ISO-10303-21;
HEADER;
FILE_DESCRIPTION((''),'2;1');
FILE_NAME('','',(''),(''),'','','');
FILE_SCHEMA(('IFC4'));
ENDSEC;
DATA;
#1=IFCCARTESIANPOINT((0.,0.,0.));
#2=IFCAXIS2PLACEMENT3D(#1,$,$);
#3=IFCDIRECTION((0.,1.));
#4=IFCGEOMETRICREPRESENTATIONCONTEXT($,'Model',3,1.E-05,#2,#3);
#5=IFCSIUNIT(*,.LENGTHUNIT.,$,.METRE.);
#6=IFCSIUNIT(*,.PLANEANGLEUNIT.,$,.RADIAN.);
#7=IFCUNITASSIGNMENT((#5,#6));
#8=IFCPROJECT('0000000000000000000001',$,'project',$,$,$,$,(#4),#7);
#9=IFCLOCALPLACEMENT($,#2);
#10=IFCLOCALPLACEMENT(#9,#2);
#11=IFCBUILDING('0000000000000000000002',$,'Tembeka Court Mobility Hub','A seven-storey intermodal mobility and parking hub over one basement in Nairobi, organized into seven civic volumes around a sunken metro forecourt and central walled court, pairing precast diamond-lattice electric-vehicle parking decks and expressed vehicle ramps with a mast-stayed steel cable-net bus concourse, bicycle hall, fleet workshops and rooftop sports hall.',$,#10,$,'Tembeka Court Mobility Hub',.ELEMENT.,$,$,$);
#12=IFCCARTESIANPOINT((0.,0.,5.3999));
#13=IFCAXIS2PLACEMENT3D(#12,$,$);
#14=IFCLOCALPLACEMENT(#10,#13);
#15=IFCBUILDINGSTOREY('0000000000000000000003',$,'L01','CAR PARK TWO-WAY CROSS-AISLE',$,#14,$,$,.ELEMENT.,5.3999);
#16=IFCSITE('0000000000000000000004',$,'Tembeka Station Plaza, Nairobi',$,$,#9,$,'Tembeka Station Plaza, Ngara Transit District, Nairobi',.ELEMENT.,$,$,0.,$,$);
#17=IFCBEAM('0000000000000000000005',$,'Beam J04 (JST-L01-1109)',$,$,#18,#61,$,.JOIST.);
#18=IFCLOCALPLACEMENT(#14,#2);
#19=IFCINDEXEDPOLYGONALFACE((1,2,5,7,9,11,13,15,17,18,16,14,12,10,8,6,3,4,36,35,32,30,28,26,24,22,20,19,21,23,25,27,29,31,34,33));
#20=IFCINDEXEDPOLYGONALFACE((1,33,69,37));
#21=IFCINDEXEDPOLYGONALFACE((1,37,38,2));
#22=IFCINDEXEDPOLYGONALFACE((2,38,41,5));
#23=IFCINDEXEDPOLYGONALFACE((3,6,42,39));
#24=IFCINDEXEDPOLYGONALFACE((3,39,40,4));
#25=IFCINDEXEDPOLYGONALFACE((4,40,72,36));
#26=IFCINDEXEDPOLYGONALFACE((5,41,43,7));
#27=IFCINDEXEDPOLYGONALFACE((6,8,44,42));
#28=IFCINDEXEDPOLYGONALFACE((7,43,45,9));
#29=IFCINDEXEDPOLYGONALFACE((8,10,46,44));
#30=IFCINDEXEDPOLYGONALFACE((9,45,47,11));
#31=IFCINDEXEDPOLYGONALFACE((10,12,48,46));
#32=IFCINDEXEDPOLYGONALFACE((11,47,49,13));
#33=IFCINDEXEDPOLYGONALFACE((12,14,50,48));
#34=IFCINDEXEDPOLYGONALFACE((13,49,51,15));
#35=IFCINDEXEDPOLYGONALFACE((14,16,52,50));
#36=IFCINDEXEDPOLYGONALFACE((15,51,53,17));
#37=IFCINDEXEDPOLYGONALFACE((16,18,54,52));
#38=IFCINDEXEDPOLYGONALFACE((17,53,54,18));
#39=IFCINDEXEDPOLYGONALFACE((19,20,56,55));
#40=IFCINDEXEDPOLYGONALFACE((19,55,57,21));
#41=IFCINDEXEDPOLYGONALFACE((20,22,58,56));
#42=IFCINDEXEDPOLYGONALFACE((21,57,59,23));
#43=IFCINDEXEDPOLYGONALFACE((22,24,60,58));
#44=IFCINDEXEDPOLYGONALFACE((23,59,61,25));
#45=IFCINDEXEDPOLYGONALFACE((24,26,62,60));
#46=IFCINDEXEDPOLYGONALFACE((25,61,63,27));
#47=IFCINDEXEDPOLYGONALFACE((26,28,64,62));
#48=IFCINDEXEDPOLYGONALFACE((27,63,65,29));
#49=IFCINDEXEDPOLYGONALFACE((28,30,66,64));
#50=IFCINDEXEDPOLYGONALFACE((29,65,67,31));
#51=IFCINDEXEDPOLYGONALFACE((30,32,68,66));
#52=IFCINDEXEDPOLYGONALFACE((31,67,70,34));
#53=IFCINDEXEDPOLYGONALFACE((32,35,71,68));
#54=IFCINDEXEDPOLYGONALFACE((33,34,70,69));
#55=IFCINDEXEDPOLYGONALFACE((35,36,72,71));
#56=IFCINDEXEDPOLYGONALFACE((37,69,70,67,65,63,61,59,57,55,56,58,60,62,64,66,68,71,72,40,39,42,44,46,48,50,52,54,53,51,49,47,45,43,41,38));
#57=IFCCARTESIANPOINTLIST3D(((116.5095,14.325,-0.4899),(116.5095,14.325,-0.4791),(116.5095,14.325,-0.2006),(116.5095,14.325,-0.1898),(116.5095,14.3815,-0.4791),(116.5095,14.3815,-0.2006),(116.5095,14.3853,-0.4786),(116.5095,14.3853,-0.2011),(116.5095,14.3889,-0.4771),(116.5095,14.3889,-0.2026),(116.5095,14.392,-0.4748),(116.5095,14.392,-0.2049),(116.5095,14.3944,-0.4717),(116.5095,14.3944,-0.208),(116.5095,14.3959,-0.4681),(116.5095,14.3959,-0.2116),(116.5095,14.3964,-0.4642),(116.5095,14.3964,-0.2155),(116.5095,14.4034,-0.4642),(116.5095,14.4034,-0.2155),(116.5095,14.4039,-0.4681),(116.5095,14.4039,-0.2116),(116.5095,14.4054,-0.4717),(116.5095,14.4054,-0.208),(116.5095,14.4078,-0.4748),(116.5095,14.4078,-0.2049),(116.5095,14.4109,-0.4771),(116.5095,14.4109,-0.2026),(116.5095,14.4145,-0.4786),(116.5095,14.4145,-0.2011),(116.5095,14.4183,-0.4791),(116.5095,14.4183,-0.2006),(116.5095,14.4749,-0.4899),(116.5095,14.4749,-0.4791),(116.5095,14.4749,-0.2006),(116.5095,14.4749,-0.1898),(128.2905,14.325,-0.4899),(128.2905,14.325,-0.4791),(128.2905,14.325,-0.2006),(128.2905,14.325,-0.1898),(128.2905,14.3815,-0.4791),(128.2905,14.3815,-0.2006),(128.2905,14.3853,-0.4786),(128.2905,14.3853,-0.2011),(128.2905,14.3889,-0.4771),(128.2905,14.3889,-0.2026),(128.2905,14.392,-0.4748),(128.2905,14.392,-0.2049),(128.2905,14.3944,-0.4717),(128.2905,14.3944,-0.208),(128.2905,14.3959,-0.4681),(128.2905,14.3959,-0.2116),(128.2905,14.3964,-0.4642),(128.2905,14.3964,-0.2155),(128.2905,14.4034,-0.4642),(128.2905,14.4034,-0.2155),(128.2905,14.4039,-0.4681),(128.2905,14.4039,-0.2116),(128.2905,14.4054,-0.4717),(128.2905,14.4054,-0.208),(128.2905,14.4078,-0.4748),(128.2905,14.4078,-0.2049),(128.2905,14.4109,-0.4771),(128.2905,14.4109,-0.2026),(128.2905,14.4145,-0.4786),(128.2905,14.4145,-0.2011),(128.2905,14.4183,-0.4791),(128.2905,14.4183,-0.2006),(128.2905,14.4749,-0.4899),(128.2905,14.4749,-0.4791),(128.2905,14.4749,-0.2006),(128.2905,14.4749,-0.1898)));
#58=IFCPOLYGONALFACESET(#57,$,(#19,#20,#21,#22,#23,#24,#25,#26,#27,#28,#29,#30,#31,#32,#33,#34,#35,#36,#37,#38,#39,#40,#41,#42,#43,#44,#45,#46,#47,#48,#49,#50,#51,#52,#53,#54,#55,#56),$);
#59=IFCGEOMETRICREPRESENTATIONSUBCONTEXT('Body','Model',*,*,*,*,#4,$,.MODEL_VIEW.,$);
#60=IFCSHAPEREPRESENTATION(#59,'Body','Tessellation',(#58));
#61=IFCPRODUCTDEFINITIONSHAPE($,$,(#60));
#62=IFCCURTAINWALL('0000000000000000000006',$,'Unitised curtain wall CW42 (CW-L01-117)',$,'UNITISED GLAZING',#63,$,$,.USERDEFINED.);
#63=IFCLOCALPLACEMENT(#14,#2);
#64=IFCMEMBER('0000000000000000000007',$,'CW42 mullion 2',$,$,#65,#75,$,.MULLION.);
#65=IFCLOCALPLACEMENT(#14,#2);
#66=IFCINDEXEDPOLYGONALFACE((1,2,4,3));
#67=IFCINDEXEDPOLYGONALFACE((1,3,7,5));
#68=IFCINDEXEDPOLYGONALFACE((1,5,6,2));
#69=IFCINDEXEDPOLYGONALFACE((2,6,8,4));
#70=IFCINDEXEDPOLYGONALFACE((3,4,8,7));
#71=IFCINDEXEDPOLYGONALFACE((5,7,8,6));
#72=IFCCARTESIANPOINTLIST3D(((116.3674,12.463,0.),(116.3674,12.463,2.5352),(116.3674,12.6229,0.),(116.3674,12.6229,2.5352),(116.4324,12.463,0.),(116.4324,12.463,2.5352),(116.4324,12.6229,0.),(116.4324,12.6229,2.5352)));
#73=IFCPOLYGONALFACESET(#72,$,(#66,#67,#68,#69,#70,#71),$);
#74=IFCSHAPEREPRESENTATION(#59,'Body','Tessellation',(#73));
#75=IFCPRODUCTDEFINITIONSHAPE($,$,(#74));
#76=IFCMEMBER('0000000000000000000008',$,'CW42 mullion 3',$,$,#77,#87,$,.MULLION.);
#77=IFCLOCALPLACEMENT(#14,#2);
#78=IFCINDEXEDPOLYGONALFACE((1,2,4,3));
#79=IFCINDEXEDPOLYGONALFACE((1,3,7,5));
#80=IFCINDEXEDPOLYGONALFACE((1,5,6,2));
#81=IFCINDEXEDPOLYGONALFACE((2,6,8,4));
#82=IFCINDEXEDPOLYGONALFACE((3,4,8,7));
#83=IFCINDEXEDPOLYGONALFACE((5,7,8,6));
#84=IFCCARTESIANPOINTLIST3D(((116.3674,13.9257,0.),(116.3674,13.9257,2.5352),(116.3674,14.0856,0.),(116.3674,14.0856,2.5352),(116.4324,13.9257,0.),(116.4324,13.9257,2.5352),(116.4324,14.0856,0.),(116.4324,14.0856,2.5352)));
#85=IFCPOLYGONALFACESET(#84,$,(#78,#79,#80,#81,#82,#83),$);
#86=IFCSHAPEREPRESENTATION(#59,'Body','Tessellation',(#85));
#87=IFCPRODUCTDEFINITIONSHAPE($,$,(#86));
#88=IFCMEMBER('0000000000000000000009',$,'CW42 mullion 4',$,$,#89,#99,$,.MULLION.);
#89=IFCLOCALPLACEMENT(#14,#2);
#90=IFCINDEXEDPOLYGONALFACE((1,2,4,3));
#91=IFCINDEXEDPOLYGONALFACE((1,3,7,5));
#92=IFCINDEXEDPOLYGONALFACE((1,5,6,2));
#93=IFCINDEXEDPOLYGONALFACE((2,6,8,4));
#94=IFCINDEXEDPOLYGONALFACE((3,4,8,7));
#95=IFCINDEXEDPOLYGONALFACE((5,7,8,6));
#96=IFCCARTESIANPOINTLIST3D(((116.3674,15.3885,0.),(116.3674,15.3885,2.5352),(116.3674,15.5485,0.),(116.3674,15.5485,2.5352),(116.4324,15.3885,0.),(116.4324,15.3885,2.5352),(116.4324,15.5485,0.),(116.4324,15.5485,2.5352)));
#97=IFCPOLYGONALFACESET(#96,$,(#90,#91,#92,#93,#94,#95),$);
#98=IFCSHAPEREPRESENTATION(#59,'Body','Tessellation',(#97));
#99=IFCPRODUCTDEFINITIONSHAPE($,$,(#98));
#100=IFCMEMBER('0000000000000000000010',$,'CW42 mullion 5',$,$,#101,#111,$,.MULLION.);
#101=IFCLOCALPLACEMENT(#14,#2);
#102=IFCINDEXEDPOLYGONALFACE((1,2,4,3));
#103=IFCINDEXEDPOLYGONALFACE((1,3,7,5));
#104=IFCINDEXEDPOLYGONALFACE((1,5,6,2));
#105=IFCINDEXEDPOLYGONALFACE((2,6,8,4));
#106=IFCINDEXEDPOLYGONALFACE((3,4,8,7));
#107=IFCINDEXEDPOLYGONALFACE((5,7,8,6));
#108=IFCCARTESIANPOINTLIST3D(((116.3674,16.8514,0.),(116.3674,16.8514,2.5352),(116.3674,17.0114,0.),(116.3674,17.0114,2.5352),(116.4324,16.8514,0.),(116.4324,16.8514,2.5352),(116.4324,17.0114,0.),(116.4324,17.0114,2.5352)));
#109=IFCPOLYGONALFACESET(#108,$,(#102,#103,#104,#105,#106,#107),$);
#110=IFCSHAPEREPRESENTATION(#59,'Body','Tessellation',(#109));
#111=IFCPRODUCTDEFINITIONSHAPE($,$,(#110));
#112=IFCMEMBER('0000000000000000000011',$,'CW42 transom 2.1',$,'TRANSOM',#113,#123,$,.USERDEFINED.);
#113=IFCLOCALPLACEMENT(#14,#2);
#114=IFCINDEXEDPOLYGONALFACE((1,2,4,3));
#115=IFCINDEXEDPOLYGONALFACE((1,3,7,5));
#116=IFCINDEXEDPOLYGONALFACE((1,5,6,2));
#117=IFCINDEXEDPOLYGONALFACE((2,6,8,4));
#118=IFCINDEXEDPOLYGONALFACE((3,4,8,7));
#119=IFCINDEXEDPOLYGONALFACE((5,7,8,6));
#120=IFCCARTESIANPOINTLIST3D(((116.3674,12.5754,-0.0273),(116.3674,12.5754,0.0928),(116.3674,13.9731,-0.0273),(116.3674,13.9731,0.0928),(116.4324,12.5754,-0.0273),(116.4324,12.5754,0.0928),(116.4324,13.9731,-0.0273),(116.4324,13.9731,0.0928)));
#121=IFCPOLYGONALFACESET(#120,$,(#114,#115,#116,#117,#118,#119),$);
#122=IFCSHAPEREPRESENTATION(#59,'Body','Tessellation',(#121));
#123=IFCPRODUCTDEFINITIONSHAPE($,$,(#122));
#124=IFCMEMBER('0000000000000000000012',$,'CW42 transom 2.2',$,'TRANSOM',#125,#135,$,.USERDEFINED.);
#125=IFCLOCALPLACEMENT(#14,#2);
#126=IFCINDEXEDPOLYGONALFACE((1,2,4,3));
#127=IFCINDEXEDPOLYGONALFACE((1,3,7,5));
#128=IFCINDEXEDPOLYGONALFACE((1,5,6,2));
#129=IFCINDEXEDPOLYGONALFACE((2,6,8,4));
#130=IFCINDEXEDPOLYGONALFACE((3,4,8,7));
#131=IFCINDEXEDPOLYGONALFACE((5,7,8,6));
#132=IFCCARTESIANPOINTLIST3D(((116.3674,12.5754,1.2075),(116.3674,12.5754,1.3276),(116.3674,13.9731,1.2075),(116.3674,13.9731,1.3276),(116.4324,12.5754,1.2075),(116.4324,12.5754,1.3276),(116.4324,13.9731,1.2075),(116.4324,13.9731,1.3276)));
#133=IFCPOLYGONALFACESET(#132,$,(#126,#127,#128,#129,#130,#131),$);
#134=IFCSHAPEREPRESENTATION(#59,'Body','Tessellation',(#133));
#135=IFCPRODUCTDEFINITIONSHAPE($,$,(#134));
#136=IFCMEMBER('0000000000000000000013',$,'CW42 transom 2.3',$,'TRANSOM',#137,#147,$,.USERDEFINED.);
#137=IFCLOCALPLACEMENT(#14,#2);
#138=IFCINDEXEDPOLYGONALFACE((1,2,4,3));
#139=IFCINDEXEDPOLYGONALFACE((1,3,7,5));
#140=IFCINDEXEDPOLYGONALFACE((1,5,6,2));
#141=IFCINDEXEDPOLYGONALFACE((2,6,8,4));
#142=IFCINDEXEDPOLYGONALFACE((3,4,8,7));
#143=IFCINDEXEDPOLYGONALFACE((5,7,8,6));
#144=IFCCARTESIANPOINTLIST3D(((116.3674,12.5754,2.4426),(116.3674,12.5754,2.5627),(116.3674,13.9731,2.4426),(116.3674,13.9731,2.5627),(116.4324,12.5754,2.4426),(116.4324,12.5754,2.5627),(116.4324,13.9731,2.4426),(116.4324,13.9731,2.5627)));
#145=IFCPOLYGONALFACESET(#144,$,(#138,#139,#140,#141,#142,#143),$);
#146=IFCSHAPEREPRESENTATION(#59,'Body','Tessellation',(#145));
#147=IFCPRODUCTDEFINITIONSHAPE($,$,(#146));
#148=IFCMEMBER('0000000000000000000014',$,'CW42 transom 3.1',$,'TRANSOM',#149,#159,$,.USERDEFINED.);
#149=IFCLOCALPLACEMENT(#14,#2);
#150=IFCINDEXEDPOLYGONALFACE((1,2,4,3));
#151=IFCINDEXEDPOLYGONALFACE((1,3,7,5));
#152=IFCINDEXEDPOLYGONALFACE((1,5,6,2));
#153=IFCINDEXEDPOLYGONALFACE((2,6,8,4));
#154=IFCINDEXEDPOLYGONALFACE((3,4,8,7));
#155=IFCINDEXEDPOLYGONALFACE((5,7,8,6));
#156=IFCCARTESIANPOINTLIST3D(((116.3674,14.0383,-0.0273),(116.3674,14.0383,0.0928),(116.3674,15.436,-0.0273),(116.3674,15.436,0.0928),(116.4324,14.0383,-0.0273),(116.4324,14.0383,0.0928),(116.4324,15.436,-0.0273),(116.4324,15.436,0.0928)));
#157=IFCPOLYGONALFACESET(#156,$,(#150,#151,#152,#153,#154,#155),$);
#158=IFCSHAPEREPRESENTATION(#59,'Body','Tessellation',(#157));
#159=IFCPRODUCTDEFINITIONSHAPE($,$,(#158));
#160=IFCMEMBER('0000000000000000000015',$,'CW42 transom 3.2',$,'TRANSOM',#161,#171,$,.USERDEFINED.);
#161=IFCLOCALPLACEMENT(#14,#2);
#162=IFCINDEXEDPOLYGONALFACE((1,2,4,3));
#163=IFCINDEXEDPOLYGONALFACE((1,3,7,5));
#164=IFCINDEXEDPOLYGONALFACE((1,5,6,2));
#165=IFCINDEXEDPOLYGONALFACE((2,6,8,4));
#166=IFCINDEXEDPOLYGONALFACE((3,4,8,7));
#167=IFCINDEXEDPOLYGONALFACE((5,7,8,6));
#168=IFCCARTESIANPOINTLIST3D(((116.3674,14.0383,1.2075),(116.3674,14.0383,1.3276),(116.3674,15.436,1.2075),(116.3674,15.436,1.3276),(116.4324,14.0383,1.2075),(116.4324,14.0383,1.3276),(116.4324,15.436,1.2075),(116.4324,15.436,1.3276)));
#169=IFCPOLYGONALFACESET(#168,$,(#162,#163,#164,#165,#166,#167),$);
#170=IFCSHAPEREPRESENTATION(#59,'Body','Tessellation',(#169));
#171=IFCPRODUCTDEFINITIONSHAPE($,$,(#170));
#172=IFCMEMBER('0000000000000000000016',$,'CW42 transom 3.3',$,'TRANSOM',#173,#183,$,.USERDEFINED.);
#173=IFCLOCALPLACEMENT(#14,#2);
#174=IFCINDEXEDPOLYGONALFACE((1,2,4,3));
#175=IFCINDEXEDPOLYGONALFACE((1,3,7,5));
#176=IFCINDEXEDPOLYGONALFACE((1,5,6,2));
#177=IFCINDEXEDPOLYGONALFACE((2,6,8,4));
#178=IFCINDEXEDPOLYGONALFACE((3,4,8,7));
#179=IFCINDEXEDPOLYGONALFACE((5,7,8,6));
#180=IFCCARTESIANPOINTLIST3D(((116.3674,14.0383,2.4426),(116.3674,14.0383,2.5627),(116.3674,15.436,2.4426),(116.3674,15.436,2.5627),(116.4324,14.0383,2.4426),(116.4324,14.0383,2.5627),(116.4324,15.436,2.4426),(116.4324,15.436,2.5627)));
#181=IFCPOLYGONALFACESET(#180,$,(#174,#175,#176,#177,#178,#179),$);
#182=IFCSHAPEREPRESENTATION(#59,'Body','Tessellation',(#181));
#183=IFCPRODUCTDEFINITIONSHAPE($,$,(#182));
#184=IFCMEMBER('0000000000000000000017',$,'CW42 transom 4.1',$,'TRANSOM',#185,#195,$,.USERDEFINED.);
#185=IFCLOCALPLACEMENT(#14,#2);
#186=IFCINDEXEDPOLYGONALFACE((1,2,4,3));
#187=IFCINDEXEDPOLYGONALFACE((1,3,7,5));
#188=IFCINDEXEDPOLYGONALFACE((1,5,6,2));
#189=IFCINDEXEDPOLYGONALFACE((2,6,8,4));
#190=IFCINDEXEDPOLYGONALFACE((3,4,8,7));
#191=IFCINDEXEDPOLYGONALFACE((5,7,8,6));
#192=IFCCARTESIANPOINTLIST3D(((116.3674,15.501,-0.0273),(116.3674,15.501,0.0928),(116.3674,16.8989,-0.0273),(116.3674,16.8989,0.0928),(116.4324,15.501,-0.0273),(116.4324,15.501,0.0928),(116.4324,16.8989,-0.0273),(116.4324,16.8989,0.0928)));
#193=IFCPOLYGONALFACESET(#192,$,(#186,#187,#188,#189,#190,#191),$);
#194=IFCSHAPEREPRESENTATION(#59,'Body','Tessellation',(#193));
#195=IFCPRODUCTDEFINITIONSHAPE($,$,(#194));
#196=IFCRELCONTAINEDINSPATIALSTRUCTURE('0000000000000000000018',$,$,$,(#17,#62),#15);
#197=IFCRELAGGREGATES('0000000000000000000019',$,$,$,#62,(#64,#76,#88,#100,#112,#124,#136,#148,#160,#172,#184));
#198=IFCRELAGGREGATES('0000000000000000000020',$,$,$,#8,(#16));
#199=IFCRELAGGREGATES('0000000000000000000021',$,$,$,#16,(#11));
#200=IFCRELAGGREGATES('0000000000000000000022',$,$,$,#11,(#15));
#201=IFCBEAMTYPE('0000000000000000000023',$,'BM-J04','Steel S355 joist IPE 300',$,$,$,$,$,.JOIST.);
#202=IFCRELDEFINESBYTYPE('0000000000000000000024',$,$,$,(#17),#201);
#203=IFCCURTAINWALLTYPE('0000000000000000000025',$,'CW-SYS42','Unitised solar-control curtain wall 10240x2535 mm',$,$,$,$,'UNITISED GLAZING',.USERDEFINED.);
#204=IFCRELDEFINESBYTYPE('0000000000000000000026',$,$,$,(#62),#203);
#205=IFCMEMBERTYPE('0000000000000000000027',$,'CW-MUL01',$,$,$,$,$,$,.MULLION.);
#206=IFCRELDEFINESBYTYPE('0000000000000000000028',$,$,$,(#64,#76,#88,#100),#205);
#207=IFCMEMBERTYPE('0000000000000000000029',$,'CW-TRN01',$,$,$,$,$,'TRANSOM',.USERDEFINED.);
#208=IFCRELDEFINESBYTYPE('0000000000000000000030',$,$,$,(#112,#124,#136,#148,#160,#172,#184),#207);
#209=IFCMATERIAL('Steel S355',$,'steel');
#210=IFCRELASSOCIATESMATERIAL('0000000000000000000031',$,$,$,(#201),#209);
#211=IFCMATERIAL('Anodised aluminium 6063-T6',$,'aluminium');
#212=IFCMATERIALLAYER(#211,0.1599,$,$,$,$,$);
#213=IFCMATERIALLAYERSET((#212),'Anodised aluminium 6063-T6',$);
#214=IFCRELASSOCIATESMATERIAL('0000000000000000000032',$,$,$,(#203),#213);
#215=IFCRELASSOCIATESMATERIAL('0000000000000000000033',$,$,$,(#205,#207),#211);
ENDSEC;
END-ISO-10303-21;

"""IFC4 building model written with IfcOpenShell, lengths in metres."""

from ifc_helpers import new_model, si_unit, direction, frame, origin, origin_2d, place, context, subcontext, project, spatial, rectangle, i_section, extrude, material, layer, layer_set, material_profile, profile_set, type_object, element, aggregate, save


model = new_model("IFC4")

# Units and contexts
model_context = context("Model", 3, precision=1e-05, world=origin(), true_north=direction((0.0, 1.0)))
body_context = subcontext(model_context, "Body", "Model", "MODEL_VIEW")
ifc_project = project(units=[si_unit("LENGTHUNIT", "METRE"), si_unit("PLANEANGLEUNIT", "RADIAN")], contexts=[model_context])

# Site, building, storey
site_placement = place(None, origin())
site = spatial("IfcSite", under=ifc_project, at=site_placement, Name="Tembeka Station Plaza, Nairobi", LongName="Tembeka Station Plaza, Ngara Transit District, Nairobi", CompositionType="ELEMENT", RefElevation=0.0)
building_placement = place(site_placement, origin())
building = spatial("IfcBuilding", under=site, at=building_placement, Name="Tembeka Court Mobility Hub", Description="A seven-storey intermodal mobility and parking hub over one basement in Nairobi, organized into seven civic volumes around a sunken metro forecourt and central walled court, pairing precast diamond-lattice electric-vehicle parking decks and expressed vehicle ramps with a mast-stayed steel cable-net bus concourse, bicycle hall, fleet workshops and rooftop sports hall.", LongName="Tembeka Court Mobility Hub", CompositionType="ELEMENT")
storey_placement = place(building_placement, frame((0.0, 0.0, 5.3999)))
storey = spatial("IfcBuildingStorey", under=building, at=storey_placement, Name="L01", Description="CAR PARK TWO-WAY CROSS-AISLE", CompositionType="ELEMENT", Elevation=5.3999)

# Beam
ifc_material_1 = material(Name="Steel S355", Category="steel")
ifc_material_profile_1 = material_profile(ifc_material_1, i_section(OverallWidth=0.1499, OverallDepth=0.3, WebThickness=0.0071, FlangeThickness=0.0107, FilletRadius=0.0149, at=origin_2d()), Name="IPE 300")
ifc_profile_set_1 = profile_set([ifc_material_profile_1], Name="Steel S355")
beam_type = type_object("IfcBeamType", Name="BM-J04", Description="Steel S355 joist IPE 300", PredefinedType="JOIST", material=ifc_profile_set_1)
beam_placement = place(storey_placement, frame((116.5095, 14.3999, -0.3398), z_axis=(1.0, 0.0, 0.0), x_axis=(0.0, 1.0, 0.0)))
element("IfcBeam", 1, at=beam_placement, inside=storey, type_object=beam_type, Name="Beam J04 (JST-L01-1109)", PredefinedType="JOIST", context=body_context, shape_type="SweptSolid", body=[
    extrude(i_section(OverallWidth=0.1499, OverallDepth=0.3, WebThickness=0.0071, FlangeThickness=0.0107, FilletRadius=0.0149, at=origin_2d()), origin(), (0.0, 0.0, 1.0), 11.781),
])

# Curtain wall, members
ifc_material_2 = material(Name="Anodised aluminium 6063-T6", Category="aluminium")
ifc_layer_1 = layer(ifc_material_2, 0.1599)
ifc_layer_set_1 = layer_set([ifc_layer_1], Name="Anodised aluminium 6063-T6")
curtain_wall_type = type_object("IfcCurtainWallType", Name="CW-SYS42", Description="Unitised solar-control curtain wall 10240x2535 mm", ElementType="UNITISED GLAZING", PredefinedType="USERDEFINED", material=ifc_layer_set_1)
curtain_wall_placement = place(storey_placement, origin())
curtain_wall = element("IfcCurtainWall", 2, at=curtain_wall_placement, inside=storey, type_object=curtain_wall_type, Name="Unitised curtain wall CW42 (CW-L01-117)", ObjectType="UNITISED GLAZING", PredefinedType="USERDEFINED")
ifc_material_profile_2 = material_profile(ifc_material_2, rectangle(XDim=0.0649, YDim=0.1599, at=origin_2d()), Name="ALU-MUL 65x160")
ifc_profile_set_2 = profile_set([ifc_material_profile_2], Name="Anodised aluminium 6063-T6")
member_type_1 = type_object("IfcMemberType", Name="CW-MUL01", PredefinedType="MULLION", material=ifc_profile_set_2)
member_1_placement = place(storey_placement, frame((116.3999, 12.543, 0.0), z_axis=(0.0, 0.0, 1.0), x_axis=(-1.0, 0.0, 0.0)))
member_1 = element("IfcMember", 3, at=member_1_placement, type_object=member_type_1, Name="CW42 mullion 2", PredefinedType="MULLION", context=body_context, shape_type="SweptSolid", body=[
    extrude(rectangle(XDim=0.0649, YDim=0.1599, at=origin_2d()), origin(), (0.0, 0.0, 1.0), 2.5352),
])
member_2_placement = place(storey_placement, frame((116.3999, 14.0056, 0.0), z_axis=(0.0, 0.0, 1.0), x_axis=(-1.0, 0.0, 0.0)))
member_2 = element("IfcMember", 4, at=member_2_placement, type_object=member_type_1, Name="CW42 mullion 3", PredefinedType="MULLION", context=body_context, shape_type="SweptSolid", body=[
    extrude(rectangle(XDim=0.0649, YDim=0.1599, at=origin_2d()), origin(), (0.0, 0.0, 1.0), 2.5352),
])
member_3_placement = place(storey_placement, frame((116.3999, 15.4685, 0.0), z_axis=(0.0, 0.0, 1.0), x_axis=(-1.0, 0.0, 0.0)))
member_3 = element("IfcMember", 5, at=member_3_placement, type_object=member_type_1, Name="CW42 mullion 4", PredefinedType="MULLION", context=body_context, shape_type="SweptSolid", body=[
    extrude(rectangle(XDim=0.0649, YDim=0.1599, at=origin_2d()), origin(), (0.0, 0.0, 1.0), 2.5352),
])
member_4_placement = place(storey_placement, frame((116.3999, 16.9314, 0.0), z_axis=(0.0, 0.0, 1.0), x_axis=(-1.0, 0.0, 0.0)))
member_4 = element("IfcMember", 6, at=member_4_placement, type_object=member_type_1, Name="CW42 mullion 5", PredefinedType="MULLION", context=body_context, shape_type="SweptSolid", body=[
    extrude(rectangle(XDim=0.0649, YDim=0.1599, at=origin_2d()), origin(), (0.0, 0.0, 1.0), 2.5352),
])
ifc_material_profile_3 = material_profile(ifc_material_2, rectangle(XDim=0.0649, YDim=0.1201, at=origin_2d()), Name="ALU-TRN 65x120")
ifc_profile_set_3 = profile_set([ifc_material_profile_3], Name="Anodised aluminium 6063-T6")
member_type_2 = type_object("IfcMemberType", Name="CW-TRN01", ElementType="TRANSOM", PredefinedType="USERDEFINED", material=ifc_profile_set_3)
member_5_placement = place(storey_placement, frame((116.3999, 12.5754, 0.0327), z_axis=(0.0, 1.0, 0.0), x_axis=(-1.0, 0.0, 0.0)))
member_5 = element("IfcMember", 7, at=member_5_placement, type_object=member_type_2, Name="CW42 transom 2.1", ObjectType="TRANSOM", PredefinedType="USERDEFINED", context=body_context, shape_type="SweptSolid", body=[
    extrude(rectangle(XDim=0.0649, YDim=0.1201, at=origin_2d()), origin(), (0.0, 0.0, 1.0), 1.3977),
])
member_6_placement = place(storey_placement, frame((116.3999, 12.5754, 1.2676), z_axis=(0.0, 1.0, 0.0), x_axis=(-1.0, 0.0, 0.0)))
member_6 = element("IfcMember", 8, at=member_6_placement, type_object=member_type_2, Name="CW42 transom 2.2", ObjectType="TRANSOM", PredefinedType="USERDEFINED", context=body_context, shape_type="SweptSolid", body=[
    extrude(rectangle(XDim=0.0649, YDim=0.1201, at=origin_2d()), origin(), (0.0, 0.0, 1.0), 1.3977),
])
member_7_placement = place(storey_placement, frame((116.3999, 12.5754, 2.5027), z_axis=(0.0, 1.0, 0.0), x_axis=(-1.0, 0.0, 0.0)))
member_7 = element("IfcMember", 9, at=member_7_placement, type_object=member_type_2, Name="CW42 transom 2.3", ObjectType="TRANSOM", PredefinedType="USERDEFINED", context=body_context, shape_type="SweptSolid", body=[
    extrude(rectangle(XDim=0.0649, YDim=0.1201, at=origin_2d()), origin(), (0.0, 0.0, 1.0), 1.3977),
])
member_8_placement = place(storey_placement, frame((116.3999, 14.0383, 0.0327), z_axis=(0.0, 1.0, 0.0), x_axis=(-1.0, 0.0, 0.0)))
member_8 = element("IfcMember", 10, at=member_8_placement, type_object=member_type_2, Name="CW42 transom 3.1", ObjectType="TRANSOM", PredefinedType="USERDEFINED", context=body_context, shape_type="SweptSolid", body=[
    extrude(rectangle(XDim=0.0649, YDim=0.1201, at=origin_2d()), origin(), (0.0, 0.0, 1.0), 1.3977),
])
member_9_placement = place(storey_placement, frame((116.3999, 14.0383, 1.2676), z_axis=(0.0, 1.0, 0.0), x_axis=(-1.0, 0.0, 0.0)))
member_9 = element("IfcMember", 11, at=member_9_placement, type_object=member_type_2, Name="CW42 transom 3.2", ObjectType="TRANSOM", PredefinedType="USERDEFINED", context=body_context, shape_type="SweptSolid", body=[
    extrude(rectangle(XDim=0.0649, YDim=0.1201, at=origin_2d()), origin(), (0.0, 0.0, 1.0), 1.3977),
])
member_10_placement = place(storey_placement, frame((116.3999, 14.0383, 2.5027), z_axis=(0.0, 1.0, 0.0), x_axis=(-1.0, 0.0, 0.0)))
member_10 = element("IfcMember", 12, at=member_10_placement, type_object=member_type_2, Name="CW42 transom 3.3", ObjectType="TRANSOM", PredefinedType="USERDEFINED", context=body_context, shape_type="SweptSolid", body=[
    extrude(rectangle(XDim=0.0649, YDim=0.1201, at=origin_2d()), origin(), (0.0, 0.0, 1.0), 1.3977),
])
member_11_placement = place(storey_placement, frame((116.3999, 15.501, 0.0327), z_axis=(0.0, 1.0, 0.0), x_axis=(-1.0, 0.0, 0.0)))
member_11 = element("IfcMember", 13, at=member_11_placement, type_object=member_type_2, Name="CW42 transom 4.1", ObjectType="TRANSOM", PredefinedType="USERDEFINED", context=body_context, shape_type="SweptSolid", body=[
    extrude(rectangle(XDim=0.0649, YDim=0.1201, at=origin_2d()), origin(), (0.0, 0.0, 1.0), 1.3979),
])
aggregate(curtain_wall, [member_1, member_2, member_3, member_4, member_5, member_6, member_7, member_8, member_9, member_10, member_11])

save(model, "model.ifc")
